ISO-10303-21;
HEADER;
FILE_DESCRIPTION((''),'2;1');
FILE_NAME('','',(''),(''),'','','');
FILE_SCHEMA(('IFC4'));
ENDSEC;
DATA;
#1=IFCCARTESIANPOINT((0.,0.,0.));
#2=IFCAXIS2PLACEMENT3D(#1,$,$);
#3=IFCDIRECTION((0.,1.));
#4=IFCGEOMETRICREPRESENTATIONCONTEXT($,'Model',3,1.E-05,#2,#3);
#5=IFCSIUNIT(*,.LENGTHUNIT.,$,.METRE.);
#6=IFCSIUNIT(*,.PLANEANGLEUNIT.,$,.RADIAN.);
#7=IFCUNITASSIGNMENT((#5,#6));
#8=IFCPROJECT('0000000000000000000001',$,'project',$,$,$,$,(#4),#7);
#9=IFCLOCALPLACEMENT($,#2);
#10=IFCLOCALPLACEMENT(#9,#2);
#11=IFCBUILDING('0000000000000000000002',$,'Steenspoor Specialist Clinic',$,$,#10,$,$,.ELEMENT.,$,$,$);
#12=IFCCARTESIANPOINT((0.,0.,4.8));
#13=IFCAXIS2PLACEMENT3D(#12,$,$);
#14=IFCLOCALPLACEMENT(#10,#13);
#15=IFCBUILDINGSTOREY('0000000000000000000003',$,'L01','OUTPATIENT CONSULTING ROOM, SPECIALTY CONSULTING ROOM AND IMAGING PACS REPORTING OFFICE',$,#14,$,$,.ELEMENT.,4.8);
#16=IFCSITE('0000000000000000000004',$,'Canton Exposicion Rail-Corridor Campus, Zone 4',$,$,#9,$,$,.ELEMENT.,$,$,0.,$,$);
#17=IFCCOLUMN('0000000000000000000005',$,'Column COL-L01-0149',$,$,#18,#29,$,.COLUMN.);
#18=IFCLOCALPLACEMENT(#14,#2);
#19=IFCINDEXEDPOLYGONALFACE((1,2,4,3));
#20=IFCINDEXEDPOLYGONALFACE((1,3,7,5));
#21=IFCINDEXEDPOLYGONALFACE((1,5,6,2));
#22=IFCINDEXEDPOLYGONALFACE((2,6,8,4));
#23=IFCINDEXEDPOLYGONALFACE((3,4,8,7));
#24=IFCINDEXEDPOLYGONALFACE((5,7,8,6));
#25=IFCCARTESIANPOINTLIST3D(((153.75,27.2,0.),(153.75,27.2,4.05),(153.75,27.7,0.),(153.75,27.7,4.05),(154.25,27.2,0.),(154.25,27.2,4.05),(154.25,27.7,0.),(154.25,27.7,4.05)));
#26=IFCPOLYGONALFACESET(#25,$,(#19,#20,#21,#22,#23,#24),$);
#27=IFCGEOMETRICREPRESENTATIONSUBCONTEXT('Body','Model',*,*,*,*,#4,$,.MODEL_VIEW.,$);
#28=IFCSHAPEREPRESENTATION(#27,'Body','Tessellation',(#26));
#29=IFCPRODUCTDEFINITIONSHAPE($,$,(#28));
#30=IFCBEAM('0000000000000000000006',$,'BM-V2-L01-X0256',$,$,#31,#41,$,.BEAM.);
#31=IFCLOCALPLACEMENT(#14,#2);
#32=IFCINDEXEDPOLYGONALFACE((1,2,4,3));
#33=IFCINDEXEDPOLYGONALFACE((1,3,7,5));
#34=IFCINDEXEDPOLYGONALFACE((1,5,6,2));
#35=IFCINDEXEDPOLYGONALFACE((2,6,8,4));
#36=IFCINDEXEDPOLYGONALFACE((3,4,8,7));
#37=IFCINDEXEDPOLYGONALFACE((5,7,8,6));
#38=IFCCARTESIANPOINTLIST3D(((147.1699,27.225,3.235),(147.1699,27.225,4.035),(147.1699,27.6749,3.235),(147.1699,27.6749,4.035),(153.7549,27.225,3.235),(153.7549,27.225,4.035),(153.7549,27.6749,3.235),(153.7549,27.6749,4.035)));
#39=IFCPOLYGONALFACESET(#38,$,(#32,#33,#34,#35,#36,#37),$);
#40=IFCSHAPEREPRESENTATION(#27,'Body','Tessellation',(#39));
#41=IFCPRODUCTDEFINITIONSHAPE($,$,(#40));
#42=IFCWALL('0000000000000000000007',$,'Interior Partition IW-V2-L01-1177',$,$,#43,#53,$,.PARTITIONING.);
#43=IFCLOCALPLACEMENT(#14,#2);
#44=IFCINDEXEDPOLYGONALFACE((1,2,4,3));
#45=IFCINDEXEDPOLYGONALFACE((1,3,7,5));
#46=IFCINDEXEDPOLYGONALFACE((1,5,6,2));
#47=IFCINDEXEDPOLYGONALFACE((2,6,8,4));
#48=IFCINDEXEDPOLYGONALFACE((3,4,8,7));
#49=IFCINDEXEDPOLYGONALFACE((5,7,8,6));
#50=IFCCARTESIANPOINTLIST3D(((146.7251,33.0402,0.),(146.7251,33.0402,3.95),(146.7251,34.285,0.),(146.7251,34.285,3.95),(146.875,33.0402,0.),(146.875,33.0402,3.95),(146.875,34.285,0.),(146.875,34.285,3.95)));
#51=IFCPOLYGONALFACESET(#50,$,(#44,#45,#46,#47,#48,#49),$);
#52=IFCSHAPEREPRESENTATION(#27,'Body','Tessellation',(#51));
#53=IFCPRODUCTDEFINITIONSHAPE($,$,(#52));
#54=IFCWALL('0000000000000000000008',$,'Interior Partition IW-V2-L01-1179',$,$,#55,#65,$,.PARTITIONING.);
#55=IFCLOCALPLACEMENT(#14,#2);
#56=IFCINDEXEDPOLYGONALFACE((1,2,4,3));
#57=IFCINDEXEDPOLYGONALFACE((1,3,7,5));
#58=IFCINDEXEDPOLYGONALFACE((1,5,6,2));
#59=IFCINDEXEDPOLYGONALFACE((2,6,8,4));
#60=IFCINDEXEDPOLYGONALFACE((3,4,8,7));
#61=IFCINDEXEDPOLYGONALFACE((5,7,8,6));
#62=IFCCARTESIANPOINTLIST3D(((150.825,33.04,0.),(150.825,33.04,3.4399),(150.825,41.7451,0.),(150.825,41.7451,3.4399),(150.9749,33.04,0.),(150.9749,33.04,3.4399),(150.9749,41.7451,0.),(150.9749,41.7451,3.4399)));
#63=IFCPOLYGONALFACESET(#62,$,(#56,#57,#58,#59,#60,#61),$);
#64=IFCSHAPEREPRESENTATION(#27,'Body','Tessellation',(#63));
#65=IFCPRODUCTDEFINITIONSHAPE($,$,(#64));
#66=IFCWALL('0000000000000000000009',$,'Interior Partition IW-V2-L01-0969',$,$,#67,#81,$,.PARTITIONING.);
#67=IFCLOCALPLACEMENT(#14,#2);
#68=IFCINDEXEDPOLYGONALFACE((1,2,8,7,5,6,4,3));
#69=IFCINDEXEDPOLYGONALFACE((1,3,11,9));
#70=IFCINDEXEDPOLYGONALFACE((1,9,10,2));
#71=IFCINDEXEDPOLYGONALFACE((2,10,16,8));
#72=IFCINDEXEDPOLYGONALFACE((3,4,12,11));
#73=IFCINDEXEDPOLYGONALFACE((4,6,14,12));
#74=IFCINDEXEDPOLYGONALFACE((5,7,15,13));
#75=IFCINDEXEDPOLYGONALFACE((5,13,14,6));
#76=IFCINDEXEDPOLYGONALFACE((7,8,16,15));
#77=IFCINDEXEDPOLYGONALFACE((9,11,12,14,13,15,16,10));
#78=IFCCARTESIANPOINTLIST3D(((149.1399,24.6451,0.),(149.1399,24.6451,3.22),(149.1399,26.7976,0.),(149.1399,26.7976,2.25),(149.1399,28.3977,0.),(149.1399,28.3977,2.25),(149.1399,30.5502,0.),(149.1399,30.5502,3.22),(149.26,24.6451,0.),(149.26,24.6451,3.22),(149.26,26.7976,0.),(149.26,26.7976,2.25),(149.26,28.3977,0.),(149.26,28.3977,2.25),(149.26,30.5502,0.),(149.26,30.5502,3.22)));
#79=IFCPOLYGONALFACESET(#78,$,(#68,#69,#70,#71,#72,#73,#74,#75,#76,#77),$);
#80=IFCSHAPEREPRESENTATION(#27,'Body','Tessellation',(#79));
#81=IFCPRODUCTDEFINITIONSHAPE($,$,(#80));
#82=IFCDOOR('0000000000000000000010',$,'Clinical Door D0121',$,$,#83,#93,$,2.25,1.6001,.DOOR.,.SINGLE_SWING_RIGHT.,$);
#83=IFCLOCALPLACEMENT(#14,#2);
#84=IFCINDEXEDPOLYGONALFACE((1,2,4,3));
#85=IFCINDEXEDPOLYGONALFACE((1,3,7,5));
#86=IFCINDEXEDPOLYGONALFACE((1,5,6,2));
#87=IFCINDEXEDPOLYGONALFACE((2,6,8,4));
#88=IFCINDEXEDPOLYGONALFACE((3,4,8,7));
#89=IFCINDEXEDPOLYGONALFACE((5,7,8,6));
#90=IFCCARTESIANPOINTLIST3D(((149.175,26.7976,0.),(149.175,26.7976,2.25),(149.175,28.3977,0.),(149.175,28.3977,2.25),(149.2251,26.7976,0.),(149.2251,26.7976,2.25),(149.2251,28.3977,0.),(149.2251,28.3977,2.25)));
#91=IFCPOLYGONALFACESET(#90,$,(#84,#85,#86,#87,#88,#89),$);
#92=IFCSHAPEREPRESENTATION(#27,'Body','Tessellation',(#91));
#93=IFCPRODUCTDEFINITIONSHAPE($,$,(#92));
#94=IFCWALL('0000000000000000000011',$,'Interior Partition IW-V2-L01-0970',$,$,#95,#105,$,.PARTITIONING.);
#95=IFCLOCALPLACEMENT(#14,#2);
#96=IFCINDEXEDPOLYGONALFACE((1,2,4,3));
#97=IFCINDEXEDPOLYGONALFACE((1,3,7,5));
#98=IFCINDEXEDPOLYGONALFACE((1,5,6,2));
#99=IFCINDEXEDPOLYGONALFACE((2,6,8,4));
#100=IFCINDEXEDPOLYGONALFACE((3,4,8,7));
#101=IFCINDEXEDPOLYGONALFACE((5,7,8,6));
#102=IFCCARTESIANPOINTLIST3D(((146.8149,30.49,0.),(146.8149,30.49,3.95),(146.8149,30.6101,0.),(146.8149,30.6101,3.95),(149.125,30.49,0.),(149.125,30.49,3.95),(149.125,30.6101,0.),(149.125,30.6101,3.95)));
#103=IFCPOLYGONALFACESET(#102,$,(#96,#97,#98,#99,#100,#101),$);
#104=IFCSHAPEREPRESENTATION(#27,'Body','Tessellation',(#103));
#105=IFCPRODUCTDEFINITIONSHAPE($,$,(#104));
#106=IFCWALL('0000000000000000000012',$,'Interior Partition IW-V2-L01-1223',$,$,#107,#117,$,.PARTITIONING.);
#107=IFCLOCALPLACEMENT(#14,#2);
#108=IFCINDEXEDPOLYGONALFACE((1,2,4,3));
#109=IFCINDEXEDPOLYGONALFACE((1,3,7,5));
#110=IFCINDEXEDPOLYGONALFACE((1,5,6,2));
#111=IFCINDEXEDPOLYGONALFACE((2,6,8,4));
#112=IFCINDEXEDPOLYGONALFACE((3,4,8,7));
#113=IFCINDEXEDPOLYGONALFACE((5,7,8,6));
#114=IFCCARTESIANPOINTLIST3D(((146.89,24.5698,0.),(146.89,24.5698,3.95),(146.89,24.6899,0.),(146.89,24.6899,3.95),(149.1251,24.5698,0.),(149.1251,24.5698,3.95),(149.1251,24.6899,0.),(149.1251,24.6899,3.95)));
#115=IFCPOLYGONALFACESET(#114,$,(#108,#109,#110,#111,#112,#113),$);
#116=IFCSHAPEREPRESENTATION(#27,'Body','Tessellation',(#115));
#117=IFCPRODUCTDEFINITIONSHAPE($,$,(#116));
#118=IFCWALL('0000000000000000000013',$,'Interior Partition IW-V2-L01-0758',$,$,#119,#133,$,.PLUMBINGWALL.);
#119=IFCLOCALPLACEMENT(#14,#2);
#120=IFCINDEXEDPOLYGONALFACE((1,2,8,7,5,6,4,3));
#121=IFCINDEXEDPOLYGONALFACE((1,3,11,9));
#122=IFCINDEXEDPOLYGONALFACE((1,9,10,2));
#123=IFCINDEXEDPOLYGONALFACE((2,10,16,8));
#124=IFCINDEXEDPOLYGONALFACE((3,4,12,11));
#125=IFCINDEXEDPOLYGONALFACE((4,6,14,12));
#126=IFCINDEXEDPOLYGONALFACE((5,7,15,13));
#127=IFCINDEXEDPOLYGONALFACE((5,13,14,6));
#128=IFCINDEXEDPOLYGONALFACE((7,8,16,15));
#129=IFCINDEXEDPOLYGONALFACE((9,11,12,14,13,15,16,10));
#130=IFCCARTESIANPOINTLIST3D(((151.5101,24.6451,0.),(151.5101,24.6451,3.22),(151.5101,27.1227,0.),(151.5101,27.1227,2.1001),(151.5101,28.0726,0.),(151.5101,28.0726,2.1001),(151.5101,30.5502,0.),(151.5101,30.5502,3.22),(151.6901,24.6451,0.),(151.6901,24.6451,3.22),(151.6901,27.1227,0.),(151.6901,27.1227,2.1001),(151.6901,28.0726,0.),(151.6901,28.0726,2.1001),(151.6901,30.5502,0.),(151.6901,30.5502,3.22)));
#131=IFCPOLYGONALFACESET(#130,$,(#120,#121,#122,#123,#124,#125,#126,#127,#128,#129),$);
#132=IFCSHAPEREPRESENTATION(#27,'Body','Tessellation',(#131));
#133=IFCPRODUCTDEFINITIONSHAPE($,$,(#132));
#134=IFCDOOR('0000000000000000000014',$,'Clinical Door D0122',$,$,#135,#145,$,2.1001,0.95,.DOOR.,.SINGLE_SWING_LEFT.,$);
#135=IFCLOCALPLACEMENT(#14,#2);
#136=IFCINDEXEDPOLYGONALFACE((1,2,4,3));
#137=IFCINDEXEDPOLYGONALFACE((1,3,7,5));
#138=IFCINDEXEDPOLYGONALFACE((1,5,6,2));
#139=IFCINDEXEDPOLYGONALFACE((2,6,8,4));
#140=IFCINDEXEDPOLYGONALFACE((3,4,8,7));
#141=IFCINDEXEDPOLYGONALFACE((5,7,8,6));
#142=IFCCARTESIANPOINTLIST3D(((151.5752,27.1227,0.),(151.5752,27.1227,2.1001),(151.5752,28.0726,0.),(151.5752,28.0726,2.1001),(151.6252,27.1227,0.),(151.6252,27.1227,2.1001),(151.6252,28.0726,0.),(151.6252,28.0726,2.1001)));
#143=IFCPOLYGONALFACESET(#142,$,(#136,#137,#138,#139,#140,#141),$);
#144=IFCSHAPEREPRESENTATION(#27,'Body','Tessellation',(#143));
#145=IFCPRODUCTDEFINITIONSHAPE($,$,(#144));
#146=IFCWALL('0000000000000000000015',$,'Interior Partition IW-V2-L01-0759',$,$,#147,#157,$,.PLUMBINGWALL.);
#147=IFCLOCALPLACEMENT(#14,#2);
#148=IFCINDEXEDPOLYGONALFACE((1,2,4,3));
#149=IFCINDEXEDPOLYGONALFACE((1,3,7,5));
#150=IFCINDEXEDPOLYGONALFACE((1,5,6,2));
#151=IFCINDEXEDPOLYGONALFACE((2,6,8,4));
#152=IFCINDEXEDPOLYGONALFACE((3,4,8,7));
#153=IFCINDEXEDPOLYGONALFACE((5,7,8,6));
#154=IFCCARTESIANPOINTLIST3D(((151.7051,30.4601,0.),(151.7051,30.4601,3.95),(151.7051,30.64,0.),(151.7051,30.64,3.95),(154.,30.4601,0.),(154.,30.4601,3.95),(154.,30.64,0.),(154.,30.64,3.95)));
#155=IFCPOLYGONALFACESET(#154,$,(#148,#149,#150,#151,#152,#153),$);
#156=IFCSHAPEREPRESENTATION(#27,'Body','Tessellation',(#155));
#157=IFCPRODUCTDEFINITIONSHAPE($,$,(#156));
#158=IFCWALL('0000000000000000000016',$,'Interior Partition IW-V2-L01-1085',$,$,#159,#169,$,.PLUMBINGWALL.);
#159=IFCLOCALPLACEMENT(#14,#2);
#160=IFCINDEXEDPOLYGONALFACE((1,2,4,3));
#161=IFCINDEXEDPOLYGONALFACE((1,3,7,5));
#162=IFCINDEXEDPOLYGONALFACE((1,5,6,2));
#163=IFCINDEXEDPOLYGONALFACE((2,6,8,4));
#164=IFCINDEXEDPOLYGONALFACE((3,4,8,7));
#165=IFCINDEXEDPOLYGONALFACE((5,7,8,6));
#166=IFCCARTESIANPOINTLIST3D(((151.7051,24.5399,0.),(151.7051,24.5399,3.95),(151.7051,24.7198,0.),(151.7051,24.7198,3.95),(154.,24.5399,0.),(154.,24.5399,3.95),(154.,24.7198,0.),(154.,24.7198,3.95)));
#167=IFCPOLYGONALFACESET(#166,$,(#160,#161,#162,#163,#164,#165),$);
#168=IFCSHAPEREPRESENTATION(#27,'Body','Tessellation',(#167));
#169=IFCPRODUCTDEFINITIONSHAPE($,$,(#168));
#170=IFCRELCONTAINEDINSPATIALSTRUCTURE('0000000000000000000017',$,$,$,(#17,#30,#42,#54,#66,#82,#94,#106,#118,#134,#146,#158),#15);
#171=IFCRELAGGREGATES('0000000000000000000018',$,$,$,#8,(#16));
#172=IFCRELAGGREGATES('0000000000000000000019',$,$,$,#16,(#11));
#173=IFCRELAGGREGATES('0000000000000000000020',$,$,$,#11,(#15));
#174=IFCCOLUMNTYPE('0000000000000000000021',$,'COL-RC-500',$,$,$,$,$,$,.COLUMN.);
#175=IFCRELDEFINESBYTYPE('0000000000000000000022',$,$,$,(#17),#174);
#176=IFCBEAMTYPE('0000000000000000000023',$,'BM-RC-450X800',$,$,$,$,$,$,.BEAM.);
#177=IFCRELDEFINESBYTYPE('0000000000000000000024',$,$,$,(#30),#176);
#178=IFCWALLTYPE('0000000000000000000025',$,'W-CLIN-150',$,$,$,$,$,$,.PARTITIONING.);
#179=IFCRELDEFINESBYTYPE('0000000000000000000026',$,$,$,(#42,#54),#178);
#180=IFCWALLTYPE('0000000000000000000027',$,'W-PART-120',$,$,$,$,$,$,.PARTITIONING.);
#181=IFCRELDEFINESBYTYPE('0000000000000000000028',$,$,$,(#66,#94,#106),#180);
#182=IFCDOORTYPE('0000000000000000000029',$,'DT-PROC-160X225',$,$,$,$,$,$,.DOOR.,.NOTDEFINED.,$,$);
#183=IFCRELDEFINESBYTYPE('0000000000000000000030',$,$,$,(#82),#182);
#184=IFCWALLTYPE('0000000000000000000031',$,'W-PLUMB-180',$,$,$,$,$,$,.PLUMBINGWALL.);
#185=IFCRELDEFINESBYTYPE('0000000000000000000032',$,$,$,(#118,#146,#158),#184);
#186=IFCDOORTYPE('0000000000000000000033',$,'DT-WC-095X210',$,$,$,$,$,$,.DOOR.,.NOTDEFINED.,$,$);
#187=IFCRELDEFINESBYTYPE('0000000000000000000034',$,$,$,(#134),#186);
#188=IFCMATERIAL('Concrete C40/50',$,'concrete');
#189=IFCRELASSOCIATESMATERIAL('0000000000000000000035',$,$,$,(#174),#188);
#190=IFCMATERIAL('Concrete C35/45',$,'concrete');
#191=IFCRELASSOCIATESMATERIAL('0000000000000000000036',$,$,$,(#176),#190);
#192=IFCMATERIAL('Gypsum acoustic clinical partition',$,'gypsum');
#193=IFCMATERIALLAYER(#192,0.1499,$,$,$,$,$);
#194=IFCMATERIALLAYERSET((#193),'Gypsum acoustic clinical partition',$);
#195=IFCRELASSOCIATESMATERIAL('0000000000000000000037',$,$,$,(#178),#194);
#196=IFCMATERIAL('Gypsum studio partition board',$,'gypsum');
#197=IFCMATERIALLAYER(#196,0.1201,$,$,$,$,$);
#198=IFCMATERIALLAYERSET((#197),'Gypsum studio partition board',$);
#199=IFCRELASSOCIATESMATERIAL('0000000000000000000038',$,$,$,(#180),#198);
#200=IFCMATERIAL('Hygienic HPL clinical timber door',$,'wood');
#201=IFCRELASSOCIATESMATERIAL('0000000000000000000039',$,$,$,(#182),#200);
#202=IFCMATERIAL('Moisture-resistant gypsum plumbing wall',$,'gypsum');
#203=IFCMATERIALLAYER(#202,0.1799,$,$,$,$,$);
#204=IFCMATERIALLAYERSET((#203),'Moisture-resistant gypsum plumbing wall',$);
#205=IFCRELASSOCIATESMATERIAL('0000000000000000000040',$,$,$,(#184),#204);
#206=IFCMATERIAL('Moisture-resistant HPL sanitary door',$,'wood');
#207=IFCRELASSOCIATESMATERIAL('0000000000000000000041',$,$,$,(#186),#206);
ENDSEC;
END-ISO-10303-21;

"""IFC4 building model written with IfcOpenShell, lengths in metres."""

from ifc_helpers import new_model, si_unit, direction, frame, frame_2d, origin, origin_2d, place, context, subcontext, project, spatial, rectangle, extrude, material, layer, layer_set, material_profile, profile_set, type_object, element, fill, save


model = new_model("IFC4")

# Units and contexts
model_context = context("Model", 3, precision=1e-05, world=origin(), true_north=direction((0.0, 1.0)))
body_context = subcontext(model_context, "Body", "Model", "MODEL_VIEW")
ifc_project = project(units=[si_unit("LENGTHUNIT", "METRE"), si_unit("PLANEANGLEUNIT", "RADIAN")], contexts=[model_context])

# Site, building, storey
site_placement = place(None, origin())
site = spatial("IfcSite", under=ifc_project, at=site_placement, Name="Canton Exposicion Rail-Corridor Campus, Zone 4", CompositionType="ELEMENT", RefElevation=0.0)
building_placement = place(site_placement, origin())
building = spatial("IfcBuilding", under=site, at=building_placement, Name="Steenspoor Specialist Clinic", CompositionType="ELEMENT")
storey_placement = place(building_placement, frame((0.0, 0.0, 4.8)))
storey = spatial("IfcBuildingStorey", under=building, at=storey_placement, Name="L01", Description="OUTPATIENT CONSULTING ROOM, SPECIALTY CONSULTING ROOM AND IMAGING PACS REPORTING OFFICE", CompositionType="ELEMENT", Elevation=4.8)

# Column
ifc_material_1 = material(Name="Concrete C40/50", Category="concrete")
ifc_material_profile_1 = material_profile(ifc_material_1, rectangle(XDim=0.5, YDim=0.5, at=origin_2d()), Name="RC-COL-500X500")
ifc_profile_set_1 = profile_set([ifc_material_profile_1], Name="Concrete C40/50")
column_type = type_object("IfcColumnType", Name="COL-RC-500", PredefinedType="COLUMN", material=ifc_profile_set_1)
column_placement = place(storey_placement, frame((154.0, 27.45, 0.0), z_axis=(0.0, 0.0, 1.0), x_axis=(1.0, 0.0, 0.0)))
element("IfcColumn", 1, at=column_placement, inside=storey, type_object=column_type, Name="Column COL-L01-0149", PredefinedType="COLUMN", context=body_context, shape_type="SweptSolid", body=[
    extrude(rectangle(XDim=0.5, YDim=0.5, at=origin_2d()), origin(), (0.0, 0.0, 1.0), 4.05),
])

# Beam
ifc_material_2 = material(Name="Concrete C35/45", Category="concrete")
ifc_material_profile_2 = material_profile(ifc_material_2, rectangle(XDim=0.45, YDim=0.8, at=origin_2d()), Name="RC-BM-450X800")
ifc_profile_set_2 = profile_set([ifc_material_profile_2], Name="Concrete C35/45")
beam_type = type_object("IfcBeamType", Name="BM-RC-450X800", PredefinedType="BEAM", material=ifc_profile_set_2)
beam_placement = place(storey_placement, frame((147.1699, 27.45, 3.635), z_axis=(1.0, 0.0, 0.0), x_axis=(0.0, 1.0, 0.0)))
element("IfcBeam", 2, at=beam_placement, inside=storey, type_object=beam_type, Name="BM-V2-L01-X0256", PredefinedType="BEAM", context=body_context, shape_type="SweptSolid", body=[
    extrude(rectangle(XDim=0.45, YDim=0.8, at=origin_2d()), origin(), (0.0, 0.0, 1.0), 6.585),
])

# Shared definitions
ifc_material_3 = material(Name="Gypsum acoustic clinical partition", Category="gypsum")
ifc_layer_1 = layer(ifc_material_3, 0.1499)
ifc_layer_set_1 = layer_set([ifc_layer_1], Name="Gypsum acoustic clinical partition")
wall_type_1 = type_object("IfcWallType", Name="W-CLIN-150", PredefinedType="PARTITIONING", material=ifc_layer_set_1)
ifc_material_4 = material(Name="Hygienic HPL clinical timber door", Category="wood")

# Walls
wall_1_placement = place(storey_placement, frame((146.8, 33.04, 0.0), z_axis=(0.0, 0.0, 1.0), x_axis=(0.0, 1.0, 0.0)))
element("IfcWall", 3, at=wall_1_placement, inside=storey, type_object=wall_type_1, Name="Interior Partition IW-V2-L01-1177", PredefinedType="PARTITIONING", context=body_context, shape_type="SweptSolid", body=[
    extrude(rectangle(XDim=1.2449, YDim=0.1499, at=frame_2d((0.6226, 0.0))), origin(), (0.0, 0.0, 1.0), 3.95),
])
wall_2_placement = place(storey_placement, frame((150.8999, 33.04, 0.0), z_axis=(0.0, 0.0, 1.0), x_axis=(0.0, 1.0, 0.0)))
element("IfcWall", 4, at=wall_2_placement, inside=storey, type_object=wall_type_1, Name="Interior Partition IW-V2-L01-1179", PredefinedType="PARTITIONING", context=body_context, shape_type="SweptSolid", body=[
    extrude(rectangle(XDim=8.7051, YDim=0.1499, at=frame_2d((4.3525, 0.0))), origin(), (0.0, 0.0, 1.0), 3.4399),
])

# Wall, opening, door
ifc_material_5 = material(Name="Gypsum studio partition board", Category="gypsum")
ifc_layer_2 = layer(ifc_material_5, 0.1201)
ifc_layer_set_2 = layer_set([ifc_layer_2], Name="Gypsum studio partition board")
wall_type_2 = type_object("IfcWallType", Name="W-PART-120", PredefinedType="PARTITIONING", material=ifc_layer_set_2)
wall_3_placement = place(storey_placement, frame((149.2, 24.645, 0.0), z_axis=(0.0, 0.0, 1.0), x_axis=(0.0, 1.0, 0.0)))
wall_3 = element("IfcWall", 5, at=wall_3_placement, inside=storey, type_object=wall_type_2, Name="Interior Partition IW-V2-L01-0969", PredefinedType="PARTITIONING", context=body_context, shape_type="SweptSolid", body=[
    extrude(rectangle(XDim=5.905, YDim=0.1201, at=frame_2d((2.9526, 0.0))), origin(), (0.0, 0.0, 1.0), 3.22),
])
opening_1_placement = place(wall_3_placement, frame((2.1526, 0.0, 0.0)))
opening_1 = element("IfcOpeningElement", 6, at=opening_1_placement, cuts=wall_3, PredefinedType="OPENING", context=body_context, shape_type="SweptSolid", body=[
    extrude(rectangle(XDim=1.6001, YDim=2.25, at=frame_2d((0.8, 1.125))), frame((0.0, 0.0701, 0.0), z_axis=(0.0, -1.0, 0.0), x_axis=(1.0, 0.0, 0.0)), (0.0, 0.0, 1.0), 0.1401),
])
door_type_1 = type_object("IfcDoorType", Name="DT-PROC-160X225", OperationType="NOTDEFINED", PredefinedType="DOOR", material=ifc_material_4)
door_1_placement = place(opening_1_placement, origin())
door_1 = element("IfcDoor", 7, at=door_1_placement, inside=storey, type_object=door_type_1, Name="Clinical Door D0121", OperationType="SINGLE_SWING_RIGHT", OverallHeight=2.25, OverallWidth=1.6001, PredefinedType="DOOR", context=body_context, shape_type="SweptSolid", body=[
    extrude(rectangle(XDim=1.6001, YDim=2.25, at=frame_2d((0.8, 1.125))), frame((0.0, 0.0249, 0.0), z_axis=(0.0, -1.0, 0.0), x_axis=(1.0, 0.0, 0.0)), (0.0, 0.0, 1.0), 0.05),
])
fill(opening_1, door_1)

# Wall
wall_4_placement = place(storey_placement, frame((146.8149, 30.55, 0.0), z_axis=(0.0, 0.0, 1.0), x_axis=(1.0, 0.0, 0.0)))
element("IfcWall", 8, at=wall_4_placement, inside=storey, type_object=wall_type_2, Name="Interior Partition IW-V2-L01-0970", PredefinedType="PARTITIONING", context=body_context, shape_type="SweptSolid", body=[
    extrude(rectangle(XDim=2.3101, YDim=0.1201, at=frame_2d((1.155, 0.0))), origin(), (0.0, 0.0, 1.0), 3.95),
])

# Wall
wall_5_placement = place(storey_placement, frame((146.8899, 24.6299, 0.0), z_axis=(0.0, 0.0, 1.0), x_axis=(1.0, 0.0, 0.0)))
element("IfcWall", 9, at=wall_5_placement, inside=storey, type_object=wall_type_2, Name="Interior Partition IW-V2-L01-1223", PredefinedType="PARTITIONING", context=body_context, shape_type="SweptSolid", body=[
    extrude(rectangle(XDim=2.2351, YDim=0.1201, at=frame_2d((1.1177, 0.0))), origin(), (0.0, 0.0, 1.0), 3.95),
])

# Wall, opening, door
ifc_material_6 = material(Name="Moisture-resistant gypsum plumbing wall", Category="gypsum")
ifc_layer_3 = layer(ifc_material_6, 0.1799)
ifc_layer_set_3 = layer_set([ifc_layer_3], Name="Moisture-resistant gypsum plumbing wall")
wall_type_3 = type_object("IfcWallType", Name="W-PLUMB-180", PredefinedType="PLUMBINGWALL", material=ifc_layer_set_3)
wall_6_placement = place(storey_placement, frame((151.6001, 24.645, 0.0), z_axis=(0.0, 0.0, 1.0), x_axis=(0.0, 1.0, 0.0)))
wall_6 = element("IfcWall", 10, at=wall_6_placement, inside=storey, type_object=wall_type_3, Name="Interior Partition IW-V2-L01-0758", PredefinedType="PLUMBINGWALL", context=body_context, shape_type="SweptSolid", body=[
    extrude(rectangle(XDim=5.905, YDim=0.1799, at=frame_2d((2.9526, 0.0))), origin(), (0.0, 0.0, 1.0), 3.22),
])
opening_2_placement = place(wall_6_placement, frame((2.4775, 0.0, 0.0)))
opening_2 = element("IfcOpeningElement", 11, at=opening_2_placement, cuts=wall_6, PredefinedType="OPENING", context=body_context, shape_type="SweptSolid", body=[
    extrude(rectangle(XDim=0.95, YDim=2.1001, at=frame_2d((0.4751, 1.05))), frame((0.0, 0.1001, 0.0), z_axis=(0.0, -1.0, 0.0), x_axis=(1.0, 0.0, 0.0)), (0.0, 0.0, 1.0), 0.2),
])
ifc_material_7 = material(Name="Moisture-resistant HPL sanitary door", Category="wood")
door_type_2 = type_object("IfcDoorType", Name="DT-WC-095X210", OperationType="NOTDEFINED", PredefinedType="DOOR", material=ifc_material_7)
door_2_placement = place(opening_2_placement, origin())
door_2 = element("IfcDoor", 12, at=door_2_placement, inside=storey, type_object=door_type_2, Name="Clinical Door D0122", OperationType="SINGLE_SWING_LEFT", OverallHeight=2.1001, OverallWidth=0.95, PredefinedType="DOOR", context=body_context, shape_type="SweptSolid", body=[
    extrude(rectangle(XDim=0.95, YDim=2.1001, at=frame_2d((0.4751, 1.05))), frame((0.0, 0.0249, 0.0), z_axis=(0.0, -1.0, 0.0), x_axis=(1.0, 0.0, 0.0)), (0.0, 0.0, 1.0), 0.05),
])
fill(opening_2, door_2)

# Walls
for number, where, z_axis, x_axis, name in (
    (13, (151.7051, 30.55, 0.0), (0.0, 0.0, 1.0), (1.0, 0.0, 0.0), "Interior Partition IW-V2-L01-0759"),
    (14, (151.7051, 24.6299, 0.0), (0.0, 0.0, 1.0), (1.0, 0.0, 0.0), "Interior Partition IW-V2-L01-1085"),
):
    element("IfcWall", number, at=place(storey_placement, frame(where, z_axis=z_axis, x_axis=x_axis)), inside=storey, type_object=wall_type_3, Name=name, PredefinedType="PLUMBINGWALL", context=body_context, shape_type="SweptSolid", body=[
        extrude(rectangle(XDim=2.2949, YDim=0.1799, at=frame_2d((1.1475, 0.0))), origin(), (0.0, 0.0, 1.0), 3.95),
    ])

save(model, "model.ifc")
